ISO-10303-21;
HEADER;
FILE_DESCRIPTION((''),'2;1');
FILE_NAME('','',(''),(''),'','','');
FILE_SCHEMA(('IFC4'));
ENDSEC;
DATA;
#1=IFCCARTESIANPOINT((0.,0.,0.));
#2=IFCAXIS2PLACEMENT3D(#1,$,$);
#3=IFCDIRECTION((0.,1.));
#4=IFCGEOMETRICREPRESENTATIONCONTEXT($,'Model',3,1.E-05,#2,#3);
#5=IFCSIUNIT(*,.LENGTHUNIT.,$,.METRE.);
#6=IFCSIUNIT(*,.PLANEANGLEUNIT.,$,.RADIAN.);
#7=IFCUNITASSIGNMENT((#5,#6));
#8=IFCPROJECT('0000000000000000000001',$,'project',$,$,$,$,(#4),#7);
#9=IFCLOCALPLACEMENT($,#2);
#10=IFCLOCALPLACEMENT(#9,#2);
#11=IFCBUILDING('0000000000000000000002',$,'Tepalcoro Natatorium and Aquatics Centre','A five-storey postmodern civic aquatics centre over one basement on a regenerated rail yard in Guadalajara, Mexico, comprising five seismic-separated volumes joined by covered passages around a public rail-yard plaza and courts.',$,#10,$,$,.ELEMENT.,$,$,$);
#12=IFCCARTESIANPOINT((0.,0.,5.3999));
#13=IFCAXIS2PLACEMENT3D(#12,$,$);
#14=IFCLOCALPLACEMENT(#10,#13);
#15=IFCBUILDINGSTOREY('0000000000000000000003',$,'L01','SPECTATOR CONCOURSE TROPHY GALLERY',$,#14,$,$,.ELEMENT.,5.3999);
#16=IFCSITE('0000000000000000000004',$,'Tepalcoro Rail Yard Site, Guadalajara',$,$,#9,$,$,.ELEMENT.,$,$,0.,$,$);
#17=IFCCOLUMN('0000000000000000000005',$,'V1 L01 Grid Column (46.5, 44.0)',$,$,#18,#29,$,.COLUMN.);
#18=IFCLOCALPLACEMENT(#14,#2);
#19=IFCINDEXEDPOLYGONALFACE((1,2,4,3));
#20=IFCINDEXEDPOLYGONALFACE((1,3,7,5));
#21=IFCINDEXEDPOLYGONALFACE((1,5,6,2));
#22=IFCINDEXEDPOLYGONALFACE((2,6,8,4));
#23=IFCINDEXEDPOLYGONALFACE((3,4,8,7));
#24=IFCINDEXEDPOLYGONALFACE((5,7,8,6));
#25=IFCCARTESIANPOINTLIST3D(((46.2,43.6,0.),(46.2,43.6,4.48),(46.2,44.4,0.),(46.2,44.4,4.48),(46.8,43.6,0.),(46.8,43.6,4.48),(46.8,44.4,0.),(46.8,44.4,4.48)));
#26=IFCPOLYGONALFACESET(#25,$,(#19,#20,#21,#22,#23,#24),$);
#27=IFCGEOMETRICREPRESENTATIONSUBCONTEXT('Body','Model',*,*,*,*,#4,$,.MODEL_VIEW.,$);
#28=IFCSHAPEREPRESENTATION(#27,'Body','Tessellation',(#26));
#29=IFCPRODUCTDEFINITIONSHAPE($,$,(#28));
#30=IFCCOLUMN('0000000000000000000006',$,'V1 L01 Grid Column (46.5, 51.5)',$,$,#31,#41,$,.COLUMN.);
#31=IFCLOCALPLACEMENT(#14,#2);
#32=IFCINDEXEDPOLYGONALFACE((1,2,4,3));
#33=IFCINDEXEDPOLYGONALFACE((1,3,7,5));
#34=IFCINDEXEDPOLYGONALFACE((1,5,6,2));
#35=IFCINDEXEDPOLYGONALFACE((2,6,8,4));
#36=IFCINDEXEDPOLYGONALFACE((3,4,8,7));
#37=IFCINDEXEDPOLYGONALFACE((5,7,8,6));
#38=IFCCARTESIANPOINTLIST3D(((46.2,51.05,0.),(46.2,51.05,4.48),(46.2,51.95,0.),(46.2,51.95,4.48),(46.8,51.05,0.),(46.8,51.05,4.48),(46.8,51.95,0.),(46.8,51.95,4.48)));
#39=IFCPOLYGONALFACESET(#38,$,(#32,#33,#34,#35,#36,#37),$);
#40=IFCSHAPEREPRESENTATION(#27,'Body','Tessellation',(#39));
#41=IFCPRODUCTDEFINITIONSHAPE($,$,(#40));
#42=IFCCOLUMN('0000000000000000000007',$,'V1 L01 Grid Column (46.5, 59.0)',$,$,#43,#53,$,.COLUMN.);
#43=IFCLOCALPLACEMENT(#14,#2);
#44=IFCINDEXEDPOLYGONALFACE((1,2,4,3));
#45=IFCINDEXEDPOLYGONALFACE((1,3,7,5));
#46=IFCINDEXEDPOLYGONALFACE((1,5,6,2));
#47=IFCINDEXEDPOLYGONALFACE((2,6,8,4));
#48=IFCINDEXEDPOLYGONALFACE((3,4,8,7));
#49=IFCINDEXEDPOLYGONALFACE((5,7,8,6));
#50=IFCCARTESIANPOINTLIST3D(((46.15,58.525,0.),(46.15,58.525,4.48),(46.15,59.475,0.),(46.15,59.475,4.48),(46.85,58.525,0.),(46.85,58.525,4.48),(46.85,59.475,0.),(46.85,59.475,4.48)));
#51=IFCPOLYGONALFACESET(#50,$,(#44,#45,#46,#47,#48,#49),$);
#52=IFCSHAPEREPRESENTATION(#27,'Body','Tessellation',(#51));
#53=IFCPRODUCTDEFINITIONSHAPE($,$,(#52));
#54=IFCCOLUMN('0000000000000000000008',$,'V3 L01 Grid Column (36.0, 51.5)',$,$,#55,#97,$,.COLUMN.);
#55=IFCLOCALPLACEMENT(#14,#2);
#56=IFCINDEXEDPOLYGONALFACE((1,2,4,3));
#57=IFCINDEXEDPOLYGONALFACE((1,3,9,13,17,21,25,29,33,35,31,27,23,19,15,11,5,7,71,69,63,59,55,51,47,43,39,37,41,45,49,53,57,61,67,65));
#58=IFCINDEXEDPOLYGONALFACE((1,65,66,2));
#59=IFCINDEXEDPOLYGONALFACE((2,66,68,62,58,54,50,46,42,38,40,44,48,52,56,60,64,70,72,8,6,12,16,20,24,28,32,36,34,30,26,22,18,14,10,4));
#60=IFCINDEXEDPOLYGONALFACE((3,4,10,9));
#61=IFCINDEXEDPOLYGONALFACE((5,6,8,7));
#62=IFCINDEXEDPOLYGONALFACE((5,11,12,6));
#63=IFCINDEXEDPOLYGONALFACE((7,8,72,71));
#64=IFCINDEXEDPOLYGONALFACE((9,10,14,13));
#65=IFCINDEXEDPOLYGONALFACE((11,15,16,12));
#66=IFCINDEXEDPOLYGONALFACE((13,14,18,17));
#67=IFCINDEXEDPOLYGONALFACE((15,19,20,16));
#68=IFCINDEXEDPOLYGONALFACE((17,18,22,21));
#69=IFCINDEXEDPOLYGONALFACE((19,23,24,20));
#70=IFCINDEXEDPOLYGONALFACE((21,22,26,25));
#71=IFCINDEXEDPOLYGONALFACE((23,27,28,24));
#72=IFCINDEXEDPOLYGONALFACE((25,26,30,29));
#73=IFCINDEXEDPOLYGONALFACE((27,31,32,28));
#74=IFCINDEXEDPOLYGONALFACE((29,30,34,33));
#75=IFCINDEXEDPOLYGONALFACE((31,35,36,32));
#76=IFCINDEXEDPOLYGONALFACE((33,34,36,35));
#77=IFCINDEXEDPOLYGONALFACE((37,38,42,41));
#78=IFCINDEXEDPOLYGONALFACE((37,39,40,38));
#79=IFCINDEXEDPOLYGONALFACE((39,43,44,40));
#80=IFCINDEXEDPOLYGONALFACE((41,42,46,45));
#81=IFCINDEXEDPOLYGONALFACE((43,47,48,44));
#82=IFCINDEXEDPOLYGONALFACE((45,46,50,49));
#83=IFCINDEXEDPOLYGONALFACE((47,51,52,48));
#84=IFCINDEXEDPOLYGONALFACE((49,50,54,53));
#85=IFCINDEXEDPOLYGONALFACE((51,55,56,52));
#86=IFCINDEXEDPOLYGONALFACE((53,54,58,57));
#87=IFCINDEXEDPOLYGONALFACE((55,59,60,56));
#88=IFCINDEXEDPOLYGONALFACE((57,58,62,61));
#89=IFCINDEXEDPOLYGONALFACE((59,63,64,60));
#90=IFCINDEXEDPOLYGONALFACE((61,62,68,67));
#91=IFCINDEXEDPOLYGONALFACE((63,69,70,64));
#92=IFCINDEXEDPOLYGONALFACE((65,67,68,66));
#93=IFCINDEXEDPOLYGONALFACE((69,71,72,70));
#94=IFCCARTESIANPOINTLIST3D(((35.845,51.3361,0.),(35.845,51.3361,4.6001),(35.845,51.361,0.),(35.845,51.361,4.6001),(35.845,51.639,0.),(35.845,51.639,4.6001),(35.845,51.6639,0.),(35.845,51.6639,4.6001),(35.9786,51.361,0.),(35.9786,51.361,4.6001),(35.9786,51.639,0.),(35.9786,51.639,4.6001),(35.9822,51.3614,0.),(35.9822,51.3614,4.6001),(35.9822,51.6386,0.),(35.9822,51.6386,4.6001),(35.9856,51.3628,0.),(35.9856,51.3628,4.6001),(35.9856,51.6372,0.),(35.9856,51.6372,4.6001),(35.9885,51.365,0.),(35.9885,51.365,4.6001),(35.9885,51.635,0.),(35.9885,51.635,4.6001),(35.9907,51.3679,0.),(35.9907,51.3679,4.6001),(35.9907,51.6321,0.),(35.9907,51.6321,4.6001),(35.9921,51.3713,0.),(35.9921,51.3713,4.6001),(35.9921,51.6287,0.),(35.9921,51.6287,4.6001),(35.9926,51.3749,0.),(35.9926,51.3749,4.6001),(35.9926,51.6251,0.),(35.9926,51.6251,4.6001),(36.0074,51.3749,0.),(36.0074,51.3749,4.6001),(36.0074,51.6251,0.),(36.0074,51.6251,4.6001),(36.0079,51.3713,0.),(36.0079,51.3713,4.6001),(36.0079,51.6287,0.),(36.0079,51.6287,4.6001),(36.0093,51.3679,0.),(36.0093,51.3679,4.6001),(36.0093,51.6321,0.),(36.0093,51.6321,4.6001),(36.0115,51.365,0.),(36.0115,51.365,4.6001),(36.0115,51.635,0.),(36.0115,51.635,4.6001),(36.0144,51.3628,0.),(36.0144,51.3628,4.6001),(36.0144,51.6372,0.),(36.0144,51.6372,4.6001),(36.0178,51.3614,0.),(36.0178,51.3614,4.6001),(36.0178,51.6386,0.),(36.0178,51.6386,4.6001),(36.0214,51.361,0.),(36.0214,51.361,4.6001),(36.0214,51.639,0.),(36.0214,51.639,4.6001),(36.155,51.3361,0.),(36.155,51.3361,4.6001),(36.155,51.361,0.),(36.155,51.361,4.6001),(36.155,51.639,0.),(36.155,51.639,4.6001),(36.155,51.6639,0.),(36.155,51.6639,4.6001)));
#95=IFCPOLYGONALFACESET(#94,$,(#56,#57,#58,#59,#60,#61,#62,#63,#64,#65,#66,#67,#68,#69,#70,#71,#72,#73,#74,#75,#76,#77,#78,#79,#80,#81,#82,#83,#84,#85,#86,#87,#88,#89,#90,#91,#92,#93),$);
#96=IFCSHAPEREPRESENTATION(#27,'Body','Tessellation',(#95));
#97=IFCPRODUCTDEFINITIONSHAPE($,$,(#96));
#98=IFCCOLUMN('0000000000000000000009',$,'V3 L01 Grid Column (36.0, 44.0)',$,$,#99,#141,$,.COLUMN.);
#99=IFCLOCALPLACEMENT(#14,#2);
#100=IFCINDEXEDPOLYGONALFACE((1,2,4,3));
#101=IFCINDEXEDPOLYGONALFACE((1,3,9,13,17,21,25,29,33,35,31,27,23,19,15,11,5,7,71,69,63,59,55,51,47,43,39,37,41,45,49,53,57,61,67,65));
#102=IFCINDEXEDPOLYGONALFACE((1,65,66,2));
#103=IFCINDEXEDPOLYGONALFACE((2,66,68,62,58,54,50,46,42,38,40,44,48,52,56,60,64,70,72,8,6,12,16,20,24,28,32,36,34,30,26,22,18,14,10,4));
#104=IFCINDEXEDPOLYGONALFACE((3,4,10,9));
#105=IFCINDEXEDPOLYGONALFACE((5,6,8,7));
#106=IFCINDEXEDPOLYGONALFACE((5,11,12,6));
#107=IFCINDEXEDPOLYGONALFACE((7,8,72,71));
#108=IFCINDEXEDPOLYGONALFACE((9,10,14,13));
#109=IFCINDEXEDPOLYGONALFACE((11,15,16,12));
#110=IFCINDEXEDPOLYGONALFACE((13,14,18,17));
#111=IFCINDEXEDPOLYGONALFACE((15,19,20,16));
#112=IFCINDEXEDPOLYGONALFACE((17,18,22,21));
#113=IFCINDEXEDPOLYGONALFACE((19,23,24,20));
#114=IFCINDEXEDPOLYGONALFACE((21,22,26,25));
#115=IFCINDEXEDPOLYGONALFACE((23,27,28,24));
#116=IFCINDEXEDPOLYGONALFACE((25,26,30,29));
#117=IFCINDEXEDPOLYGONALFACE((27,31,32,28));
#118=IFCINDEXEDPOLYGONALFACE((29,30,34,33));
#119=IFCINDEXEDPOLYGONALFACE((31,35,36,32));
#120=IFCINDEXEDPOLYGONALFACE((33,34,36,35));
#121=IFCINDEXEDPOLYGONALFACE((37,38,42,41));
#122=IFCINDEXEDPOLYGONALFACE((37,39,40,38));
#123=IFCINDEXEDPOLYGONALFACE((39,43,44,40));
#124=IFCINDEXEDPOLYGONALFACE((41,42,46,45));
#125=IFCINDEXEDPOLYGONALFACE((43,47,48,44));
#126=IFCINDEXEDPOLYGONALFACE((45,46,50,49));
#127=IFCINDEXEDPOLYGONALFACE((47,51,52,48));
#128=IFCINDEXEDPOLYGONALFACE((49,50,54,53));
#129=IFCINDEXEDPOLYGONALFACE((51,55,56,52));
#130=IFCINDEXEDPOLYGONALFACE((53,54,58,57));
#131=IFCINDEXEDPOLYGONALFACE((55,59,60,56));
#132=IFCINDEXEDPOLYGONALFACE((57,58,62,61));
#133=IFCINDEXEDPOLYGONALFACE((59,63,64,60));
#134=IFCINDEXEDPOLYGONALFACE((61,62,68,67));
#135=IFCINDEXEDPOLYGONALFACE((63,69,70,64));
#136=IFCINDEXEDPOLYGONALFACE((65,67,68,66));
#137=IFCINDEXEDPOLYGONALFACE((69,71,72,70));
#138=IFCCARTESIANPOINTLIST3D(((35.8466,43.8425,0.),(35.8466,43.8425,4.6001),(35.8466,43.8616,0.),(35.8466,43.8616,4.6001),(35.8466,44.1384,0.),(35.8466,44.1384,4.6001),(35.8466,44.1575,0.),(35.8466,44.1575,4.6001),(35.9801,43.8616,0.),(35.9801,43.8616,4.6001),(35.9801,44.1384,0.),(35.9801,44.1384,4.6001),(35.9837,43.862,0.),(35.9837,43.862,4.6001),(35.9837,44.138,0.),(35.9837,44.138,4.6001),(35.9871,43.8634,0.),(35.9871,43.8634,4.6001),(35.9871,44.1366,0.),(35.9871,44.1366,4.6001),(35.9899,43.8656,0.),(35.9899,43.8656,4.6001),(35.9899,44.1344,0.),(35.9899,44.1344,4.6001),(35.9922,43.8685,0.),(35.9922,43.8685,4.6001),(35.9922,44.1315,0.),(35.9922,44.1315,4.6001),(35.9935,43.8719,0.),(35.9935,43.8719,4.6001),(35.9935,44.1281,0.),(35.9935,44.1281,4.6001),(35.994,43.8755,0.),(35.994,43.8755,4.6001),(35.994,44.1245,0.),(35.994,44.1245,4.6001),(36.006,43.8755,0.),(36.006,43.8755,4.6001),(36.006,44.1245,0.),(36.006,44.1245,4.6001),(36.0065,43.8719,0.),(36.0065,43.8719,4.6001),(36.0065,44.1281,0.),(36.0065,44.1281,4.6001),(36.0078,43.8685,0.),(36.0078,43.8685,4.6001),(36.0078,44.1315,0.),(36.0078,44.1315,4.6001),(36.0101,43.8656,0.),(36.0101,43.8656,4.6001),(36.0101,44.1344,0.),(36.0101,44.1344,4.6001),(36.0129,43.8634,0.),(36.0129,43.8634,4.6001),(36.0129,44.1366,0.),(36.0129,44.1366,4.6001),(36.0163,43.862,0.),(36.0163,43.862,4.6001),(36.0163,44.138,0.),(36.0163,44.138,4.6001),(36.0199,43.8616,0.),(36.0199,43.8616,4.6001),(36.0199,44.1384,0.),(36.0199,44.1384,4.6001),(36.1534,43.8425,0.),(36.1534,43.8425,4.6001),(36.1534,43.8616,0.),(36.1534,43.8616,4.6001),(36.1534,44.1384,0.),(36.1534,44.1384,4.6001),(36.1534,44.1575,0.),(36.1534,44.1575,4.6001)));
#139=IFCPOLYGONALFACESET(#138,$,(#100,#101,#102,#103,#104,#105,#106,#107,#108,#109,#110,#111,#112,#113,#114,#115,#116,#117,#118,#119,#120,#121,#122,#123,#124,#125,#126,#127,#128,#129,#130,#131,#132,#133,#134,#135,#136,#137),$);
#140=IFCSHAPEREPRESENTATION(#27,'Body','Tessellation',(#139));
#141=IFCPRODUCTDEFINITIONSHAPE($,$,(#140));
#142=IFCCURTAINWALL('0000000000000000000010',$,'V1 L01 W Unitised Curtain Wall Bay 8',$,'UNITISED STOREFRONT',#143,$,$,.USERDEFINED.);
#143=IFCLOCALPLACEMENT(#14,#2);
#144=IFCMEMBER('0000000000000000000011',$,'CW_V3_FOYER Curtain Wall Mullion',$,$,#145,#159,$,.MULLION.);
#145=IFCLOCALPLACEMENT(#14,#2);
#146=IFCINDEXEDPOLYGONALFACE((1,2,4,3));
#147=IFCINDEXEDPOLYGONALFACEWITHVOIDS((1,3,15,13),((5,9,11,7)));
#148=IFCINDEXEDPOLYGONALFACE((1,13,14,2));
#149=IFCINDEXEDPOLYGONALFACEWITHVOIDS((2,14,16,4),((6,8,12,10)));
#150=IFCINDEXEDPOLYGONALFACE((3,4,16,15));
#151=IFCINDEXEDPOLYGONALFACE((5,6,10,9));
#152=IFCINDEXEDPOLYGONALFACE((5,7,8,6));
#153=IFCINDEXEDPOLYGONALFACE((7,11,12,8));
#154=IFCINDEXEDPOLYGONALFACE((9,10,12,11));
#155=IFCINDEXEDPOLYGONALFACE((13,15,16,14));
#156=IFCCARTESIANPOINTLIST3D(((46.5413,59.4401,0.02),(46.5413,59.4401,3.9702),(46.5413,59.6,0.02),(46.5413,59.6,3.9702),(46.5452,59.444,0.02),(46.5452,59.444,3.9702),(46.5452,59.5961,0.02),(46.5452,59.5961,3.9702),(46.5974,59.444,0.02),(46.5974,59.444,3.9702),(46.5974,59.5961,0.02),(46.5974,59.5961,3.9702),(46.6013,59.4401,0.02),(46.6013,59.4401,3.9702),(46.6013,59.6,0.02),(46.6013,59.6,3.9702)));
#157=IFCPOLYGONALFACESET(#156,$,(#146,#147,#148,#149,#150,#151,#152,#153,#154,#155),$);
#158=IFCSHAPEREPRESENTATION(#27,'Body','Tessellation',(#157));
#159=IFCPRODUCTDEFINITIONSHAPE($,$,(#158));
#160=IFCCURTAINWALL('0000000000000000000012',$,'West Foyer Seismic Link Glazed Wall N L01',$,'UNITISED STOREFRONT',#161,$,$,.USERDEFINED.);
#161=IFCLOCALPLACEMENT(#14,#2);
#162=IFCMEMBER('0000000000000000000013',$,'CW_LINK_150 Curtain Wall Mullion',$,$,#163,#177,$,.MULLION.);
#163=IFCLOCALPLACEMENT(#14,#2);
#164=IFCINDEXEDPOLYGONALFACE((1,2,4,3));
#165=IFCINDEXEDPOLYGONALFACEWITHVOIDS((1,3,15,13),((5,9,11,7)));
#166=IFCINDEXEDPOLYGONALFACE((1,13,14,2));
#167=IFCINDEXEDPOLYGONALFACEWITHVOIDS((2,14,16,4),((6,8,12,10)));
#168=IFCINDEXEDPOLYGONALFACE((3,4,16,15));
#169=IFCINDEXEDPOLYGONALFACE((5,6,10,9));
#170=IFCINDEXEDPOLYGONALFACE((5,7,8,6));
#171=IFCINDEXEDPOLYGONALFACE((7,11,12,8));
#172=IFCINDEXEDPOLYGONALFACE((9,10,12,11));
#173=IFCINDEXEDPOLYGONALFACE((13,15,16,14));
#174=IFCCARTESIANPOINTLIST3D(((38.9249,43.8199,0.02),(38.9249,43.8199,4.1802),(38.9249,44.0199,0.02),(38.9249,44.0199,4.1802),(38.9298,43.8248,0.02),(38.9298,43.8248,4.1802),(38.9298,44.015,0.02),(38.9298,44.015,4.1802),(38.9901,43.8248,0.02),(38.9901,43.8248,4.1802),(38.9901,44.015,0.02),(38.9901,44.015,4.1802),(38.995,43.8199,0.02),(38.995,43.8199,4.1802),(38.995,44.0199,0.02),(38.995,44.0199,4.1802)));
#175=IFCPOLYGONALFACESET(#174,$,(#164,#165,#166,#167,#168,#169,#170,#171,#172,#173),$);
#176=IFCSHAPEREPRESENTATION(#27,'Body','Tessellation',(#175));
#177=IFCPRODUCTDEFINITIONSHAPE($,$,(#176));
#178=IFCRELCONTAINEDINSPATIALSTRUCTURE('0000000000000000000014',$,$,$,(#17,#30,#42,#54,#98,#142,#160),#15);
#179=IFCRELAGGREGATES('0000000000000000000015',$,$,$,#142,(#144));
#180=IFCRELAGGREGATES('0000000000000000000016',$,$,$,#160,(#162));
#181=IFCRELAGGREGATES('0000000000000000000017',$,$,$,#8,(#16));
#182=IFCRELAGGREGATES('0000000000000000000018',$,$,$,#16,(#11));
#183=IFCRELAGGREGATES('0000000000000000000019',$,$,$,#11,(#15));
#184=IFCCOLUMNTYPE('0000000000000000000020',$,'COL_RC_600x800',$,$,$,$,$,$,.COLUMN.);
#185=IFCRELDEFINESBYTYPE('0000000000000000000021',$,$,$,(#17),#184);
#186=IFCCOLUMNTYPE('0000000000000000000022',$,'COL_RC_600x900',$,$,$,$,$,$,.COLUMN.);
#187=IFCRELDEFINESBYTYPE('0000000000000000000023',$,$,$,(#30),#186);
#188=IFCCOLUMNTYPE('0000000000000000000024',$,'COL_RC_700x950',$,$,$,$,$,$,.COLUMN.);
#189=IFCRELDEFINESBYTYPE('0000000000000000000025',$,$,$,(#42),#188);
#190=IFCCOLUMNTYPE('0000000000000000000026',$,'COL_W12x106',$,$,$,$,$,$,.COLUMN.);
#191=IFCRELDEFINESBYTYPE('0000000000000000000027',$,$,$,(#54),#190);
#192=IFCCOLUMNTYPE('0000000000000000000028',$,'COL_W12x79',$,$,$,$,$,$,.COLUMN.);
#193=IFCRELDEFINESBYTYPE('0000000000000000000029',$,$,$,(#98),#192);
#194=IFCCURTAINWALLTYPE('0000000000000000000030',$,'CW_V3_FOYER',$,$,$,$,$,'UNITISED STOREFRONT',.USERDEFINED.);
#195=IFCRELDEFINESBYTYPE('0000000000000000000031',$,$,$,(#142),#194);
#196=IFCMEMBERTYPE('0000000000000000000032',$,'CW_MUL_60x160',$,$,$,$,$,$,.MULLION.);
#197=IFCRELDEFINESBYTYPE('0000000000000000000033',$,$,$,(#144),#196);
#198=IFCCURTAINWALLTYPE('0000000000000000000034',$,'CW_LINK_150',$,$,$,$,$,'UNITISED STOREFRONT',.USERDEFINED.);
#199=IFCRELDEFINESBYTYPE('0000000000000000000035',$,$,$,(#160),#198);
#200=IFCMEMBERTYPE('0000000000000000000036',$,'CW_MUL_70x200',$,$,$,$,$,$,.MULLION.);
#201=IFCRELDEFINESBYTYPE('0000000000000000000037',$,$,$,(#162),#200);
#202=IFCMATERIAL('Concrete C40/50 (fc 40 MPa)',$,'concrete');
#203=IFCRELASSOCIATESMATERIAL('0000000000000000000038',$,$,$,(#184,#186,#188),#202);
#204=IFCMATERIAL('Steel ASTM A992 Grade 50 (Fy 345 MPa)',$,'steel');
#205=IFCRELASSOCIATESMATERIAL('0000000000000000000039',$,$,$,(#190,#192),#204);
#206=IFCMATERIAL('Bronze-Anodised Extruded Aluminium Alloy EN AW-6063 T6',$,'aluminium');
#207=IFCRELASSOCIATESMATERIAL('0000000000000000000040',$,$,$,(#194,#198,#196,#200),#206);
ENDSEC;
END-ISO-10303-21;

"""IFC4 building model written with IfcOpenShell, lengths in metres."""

from ifc_helpers import new_model, si_unit, direction, frame, origin, origin_2d, place, context, subcontext, project, spatial, rectangle, hollow_rectangle, i_section, extrude, material, material_profile, profile_set, type_object, element, aggregate, save


model = new_model("IFC4")

# Units and contexts
model_context = context("Model", 3, precision=1e-05, world=origin(), true_north=direction((0.0, 1.0)))
body_context = subcontext(model_context, "Body", "Model", "MODEL_VIEW")
ifc_project = project(units=[si_unit("LENGTHUNIT", "METRE"), si_unit("PLANEANGLEUNIT", "RADIAN")], contexts=[model_context])

# Site, building, storey
site_placement = place(None, origin())
site = spatial("IfcSite", under=ifc_project, at=site_placement, Name="Tepalcoro Rail Yard Site, Guadalajara", CompositionType="ELEMENT", RefElevation=0.0)
building_placement = place(site_placement, origin())
building = spatial("IfcBuilding", under=site, at=building_placement, Name="Tepalcoro Natatorium and Aquatics Centre", Description="A five-storey postmodern civic aquatics centre over one basement on a regenerated rail yard in Guadalajara, Mexico, comprising five seismic-separated volumes joined by covered passages around a public rail-yard plaza and courts.", CompositionType="ELEMENT")
storey_placement = place(building_placement, frame((0.0, 0.0, 5.3999)))
storey = spatial("IfcBuildingStorey", under=building, at=storey_placement, Name="L01", Description="SPECTATOR CONCOURSE TROPHY GALLERY", CompositionType="ELEMENT", Elevation=5.3999)

# Columns
ifc_material_1 = material(Name="Concrete C40/50 (fc 40 MPa)", Category="concrete")
ifc_material_profile_1 = material_profile(ifc_material_1, rectangle(XDim=0.6001, YDim=0.8, at=origin_2d()), Name="RC600x800")
ifc_profile_set_1 = profile_set([ifc_material_profile_1], Name="Concrete C40/50 (fc 40 MPa)")
column_type_1 = type_object("IfcColumnType", Name="COL_RC_600x800", PredefinedType="COLUMN", material=ifc_profile_set_1)
column_1_placement = place(storey_placement, frame((46.5, 44.0, 0.0), z_axis=(0.0, 0.0, 1.0), x_axis=(1.0, 0.0, 0.0)))
element("IfcColumn", 1, at=column_1_placement, inside=storey, type_object=column_type_1, Name="V1 L01 Grid Column (46.5, 44.0)", PredefinedType="COLUMN", context=body_context, shape_type="SweptSolid", body=[
    extrude(rectangle(XDim=0.6001, YDim=0.8, at=origin_2d()), origin(), (0.0, 0.0, 1.0), 4.48),
])
ifc_material_profile_2 = material_profile(ifc_material_1, rectangle(XDim=0.6001, YDim=0.8999, at=origin_2d()), Name="RC600x900")
ifc_profile_set_2 = profile_set([ifc_material_profile_2], Name="Concrete C40/50 (fc 40 MPa)")
column_type_2 = type_object("IfcColumnType", Name="COL_RC_600x900", PredefinedType="COLUMN", material=ifc_profile_set_2)
column_2_placement = place(storey_placement, frame((46.5, 51.5, 0.0), z_axis=(0.0, 0.0, 1.0), x_axis=(1.0, 0.0, 0.0)))
element("IfcColumn", 2, at=column_2_placement, inside=storey, type_object=column_type_2, Name="V1 L01 Grid Column (46.5, 51.5)", PredefinedType="COLUMN", context=body_context, shape_type="SweptSolid", body=[
    extrude(rectangle(XDim=0.6001, YDim=0.8999, at=origin_2d()), origin(), (0.0, 0.0, 1.0), 4.48),
])
ifc_material_profile_3 = material_profile(ifc_material_1, rectangle(XDim=0.7, YDim=0.95, at=origin_2d()), Name="RC700x950")
ifc_profile_set_3 = profile_set([ifc_material_profile_3], Name="Concrete C40/50 (fc 40 MPa)")
column_type_3 = type_object("IfcColumnType", Name="COL_RC_700x950", PredefinedType="COLUMN", material=ifc_profile_set_3)
column_3_placement = place(storey_placement, frame((46.5, 59.0, 0.0), z_axis=(0.0, 0.0, 1.0), x_axis=(1.0, 0.0, 0.0)))
element("IfcColumn", 3, at=column_3_placement, inside=storey, type_object=column_type_3, Name="V1 L01 Grid Column (46.5, 59.0)", PredefinedType="COLUMN", context=body_context, shape_type="SweptSolid", body=[
    extrude(rectangle(XDim=0.7, YDim=0.95, at=origin_2d()), origin(), (0.0, 0.0, 1.0), 4.48),
])
ifc_material_2 = material(Name="Steel ASTM A992 Grade 50 (Fy 345 MPa)", Category="steel")
ifc_material_profile_4 = material_profile(ifc_material_2, i_section(OverallWidth=0.3101, OverallDepth=0.3279, WebThickness=0.0149, FlangeThickness=0.0249, FilletRadius=0.0139, at=origin_2d()), Name="W12X106")
ifc_profile_set_4 = profile_set([ifc_material_profile_4], Name="Steel ASTM A992 Grade 50 (Fy 345 MPa)")
column_type_4 = type_object("IfcColumnType", Name="COL_W12x106", PredefinedType="COLUMN", material=ifc_profile_set_4)
column_4_placement = place(storey_placement, frame((36.0, 51.5, 0.0), z_axis=(0.0, 0.0, 1.0), x_axis=(1.0, 0.0, 0.0)))
element("IfcColumn", 4, at=column_4_placement, inside=storey, type_object=column_type_4, Name="V3 L01 Grid Column (36.0, 51.5)", PredefinedType="COLUMN", context=body_context, shape_type="SweptSolid", body=[
    extrude(i_section(OverallWidth=0.3101, OverallDepth=0.3279, WebThickness=0.0149, FlangeThickness=0.0249, FilletRadius=0.0139, at=origin_2d()), origin(), (0.0, 0.0, 1.0), 4.6001),
])
ifc_material_profile_5 = material_profile(ifc_material_2, i_section(OverallWidth=0.3069, OverallDepth=0.3149, WebThickness=0.012, FlangeThickness=0.019, FilletRadius=0.0139, at=origin_2d()), Name="W12X79")
ifc_profile_set_5 = profile_set([ifc_material_profile_5], Name="Steel ASTM A992 Grade 50 (Fy 345 MPa)")
column_type_5 = type_object("IfcColumnType", Name="COL_W12x79", PredefinedType="COLUMN", material=ifc_profile_set_5)
column_5_placement = place(storey_placement, frame((36.0, 44.0, 0.0), z_axis=(0.0, 0.0, 1.0), x_axis=(1.0, 0.0, 0.0)))
element("IfcColumn", 5, at=column_5_placement, inside=storey, type_object=column_type_5, Name="V3 L01 Grid Column (36.0, 44.0)", PredefinedType="COLUMN", context=body_context, shape_type="SweptSolid", body=[
    extrude(i_section(OverallWidth=0.3069, OverallDepth=0.3149, WebThickness=0.012, FlangeThickness=0.019, FilletRadius=0.0139, at=origin_2d()), origin(), (0.0, 0.0, 1.0), 4.6001),
])

# Curtain walls, members
ifc_material_3 = material(Name="Bronze-Anodised Extruded Aluminium Alloy EN AW-6063 T6", Category="aluminium")
curtain_wall_type_1 = type_object("IfcCurtainWallType", Name="CW_V3_FOYER", ElementType="UNITISED STOREFRONT", PredefinedType="USERDEFINED", material=ifc_material_3)
curtain_wall_1_placement = place(storey_placement, origin())
curtain_wall_1 = element("IfcCurtainWall", 6, at=curtain_wall_1_placement, inside=storey, type_object=curtain_wall_type_1, Name="V1 L01 W Unitised Curtain Wall Bay 8", ObjectType="UNITISED STOREFRONT", PredefinedType="USERDEFINED")
ifc_material_profile_6 = material_profile(ifc_material_3, hollow_rectangle(XDim=0.0601, YDim=0.1599, WallThickness=0.0039, at=origin_2d()), Name="AL60X160X4")
ifc_profile_set_6 = profile_set([ifc_material_profile_6], Name="Bronze-Anodised Extruded Aluminium Alloy EN AW-6063 T6")
member_type_1 = type_object("IfcMemberType", Name="CW_MUL_60x160", PredefinedType="MULLION", material=ifc_profile_set_6)
member_1_placement = place(storey_placement, frame((46.5713, 59.52, 0.02), z_axis=(0.0, 0.0, 1.0), x_axis=(1.0, 0.0, 0.0)))
member_1 = element("IfcMember", 7, at=member_1_placement, type_object=member_type_1, Name="CW_V3_FOYER Curtain Wall Mullion", PredefinedType="MULLION", context=body_context, shape_type="SweptSolid", body=[
    extrude(hollow_rectangle(XDim=0.0601, YDim=0.1599, WallThickness=0.0039, at=origin_2d()), origin(), (0.0, 0.0, 1.0), 3.9502),
])
aggregate(curtain_wall_1, [member_1])
curtain_wall_type_2 = type_object("IfcCurtainWallType", Name="CW_LINK_150", ElementType="UNITISED STOREFRONT", PredefinedType="USERDEFINED", material=ifc_material_3)
curtain_wall_2_placement = place(storey_placement, origin())
curtain_wall_2 = element("IfcCurtainWall", 8, at=curtain_wall_2_placement, inside=storey, type_object=curtain_wall_type_2, Name="West Foyer Seismic Link Glazed Wall N L01", ObjectType="UNITISED STOREFRONT", PredefinedType="USERDEFINED")
ifc_material_profile_7 = material_profile(ifc_material_3, hollow_rectangle(XDim=0.0701, YDim=0.2, WallThickness=0.0049, at=origin_2d()), Name="AL70X200X5")
ifc_profile_set_7 = profile_set([ifc_material_profile_7], Name="Bronze-Anodised Extruded Aluminium Alloy EN AW-6063 T6")
member_type_2 = type_object("IfcMemberType", Name="CW_MUL_70x200", PredefinedType="MULLION", material=ifc_profile_set_7)
member_2_placement = place(storey_placement, frame((38.96, 43.9199, 0.02), z_axis=(0.0, 0.0, 1.0), x_axis=(1.0, 0.0, 0.0)))
member_2 = element("IfcMember", 9, at=member_2_placement, type_object=member_type_2, Name="CW_LINK_150 Curtain Wall Mullion", PredefinedType="MULLION", context=body_context, shape_type="SweptSolid", body=[
    extrude(hollow_rectangle(XDim=0.0701, YDim=0.2, WallThickness=0.0049, at=origin_2d()), origin(), (0.0, 0.0, 1.0), 4.1602),
])
aggregate(curtain_wall_2, [member_2])

save(model, "model.ifc")
